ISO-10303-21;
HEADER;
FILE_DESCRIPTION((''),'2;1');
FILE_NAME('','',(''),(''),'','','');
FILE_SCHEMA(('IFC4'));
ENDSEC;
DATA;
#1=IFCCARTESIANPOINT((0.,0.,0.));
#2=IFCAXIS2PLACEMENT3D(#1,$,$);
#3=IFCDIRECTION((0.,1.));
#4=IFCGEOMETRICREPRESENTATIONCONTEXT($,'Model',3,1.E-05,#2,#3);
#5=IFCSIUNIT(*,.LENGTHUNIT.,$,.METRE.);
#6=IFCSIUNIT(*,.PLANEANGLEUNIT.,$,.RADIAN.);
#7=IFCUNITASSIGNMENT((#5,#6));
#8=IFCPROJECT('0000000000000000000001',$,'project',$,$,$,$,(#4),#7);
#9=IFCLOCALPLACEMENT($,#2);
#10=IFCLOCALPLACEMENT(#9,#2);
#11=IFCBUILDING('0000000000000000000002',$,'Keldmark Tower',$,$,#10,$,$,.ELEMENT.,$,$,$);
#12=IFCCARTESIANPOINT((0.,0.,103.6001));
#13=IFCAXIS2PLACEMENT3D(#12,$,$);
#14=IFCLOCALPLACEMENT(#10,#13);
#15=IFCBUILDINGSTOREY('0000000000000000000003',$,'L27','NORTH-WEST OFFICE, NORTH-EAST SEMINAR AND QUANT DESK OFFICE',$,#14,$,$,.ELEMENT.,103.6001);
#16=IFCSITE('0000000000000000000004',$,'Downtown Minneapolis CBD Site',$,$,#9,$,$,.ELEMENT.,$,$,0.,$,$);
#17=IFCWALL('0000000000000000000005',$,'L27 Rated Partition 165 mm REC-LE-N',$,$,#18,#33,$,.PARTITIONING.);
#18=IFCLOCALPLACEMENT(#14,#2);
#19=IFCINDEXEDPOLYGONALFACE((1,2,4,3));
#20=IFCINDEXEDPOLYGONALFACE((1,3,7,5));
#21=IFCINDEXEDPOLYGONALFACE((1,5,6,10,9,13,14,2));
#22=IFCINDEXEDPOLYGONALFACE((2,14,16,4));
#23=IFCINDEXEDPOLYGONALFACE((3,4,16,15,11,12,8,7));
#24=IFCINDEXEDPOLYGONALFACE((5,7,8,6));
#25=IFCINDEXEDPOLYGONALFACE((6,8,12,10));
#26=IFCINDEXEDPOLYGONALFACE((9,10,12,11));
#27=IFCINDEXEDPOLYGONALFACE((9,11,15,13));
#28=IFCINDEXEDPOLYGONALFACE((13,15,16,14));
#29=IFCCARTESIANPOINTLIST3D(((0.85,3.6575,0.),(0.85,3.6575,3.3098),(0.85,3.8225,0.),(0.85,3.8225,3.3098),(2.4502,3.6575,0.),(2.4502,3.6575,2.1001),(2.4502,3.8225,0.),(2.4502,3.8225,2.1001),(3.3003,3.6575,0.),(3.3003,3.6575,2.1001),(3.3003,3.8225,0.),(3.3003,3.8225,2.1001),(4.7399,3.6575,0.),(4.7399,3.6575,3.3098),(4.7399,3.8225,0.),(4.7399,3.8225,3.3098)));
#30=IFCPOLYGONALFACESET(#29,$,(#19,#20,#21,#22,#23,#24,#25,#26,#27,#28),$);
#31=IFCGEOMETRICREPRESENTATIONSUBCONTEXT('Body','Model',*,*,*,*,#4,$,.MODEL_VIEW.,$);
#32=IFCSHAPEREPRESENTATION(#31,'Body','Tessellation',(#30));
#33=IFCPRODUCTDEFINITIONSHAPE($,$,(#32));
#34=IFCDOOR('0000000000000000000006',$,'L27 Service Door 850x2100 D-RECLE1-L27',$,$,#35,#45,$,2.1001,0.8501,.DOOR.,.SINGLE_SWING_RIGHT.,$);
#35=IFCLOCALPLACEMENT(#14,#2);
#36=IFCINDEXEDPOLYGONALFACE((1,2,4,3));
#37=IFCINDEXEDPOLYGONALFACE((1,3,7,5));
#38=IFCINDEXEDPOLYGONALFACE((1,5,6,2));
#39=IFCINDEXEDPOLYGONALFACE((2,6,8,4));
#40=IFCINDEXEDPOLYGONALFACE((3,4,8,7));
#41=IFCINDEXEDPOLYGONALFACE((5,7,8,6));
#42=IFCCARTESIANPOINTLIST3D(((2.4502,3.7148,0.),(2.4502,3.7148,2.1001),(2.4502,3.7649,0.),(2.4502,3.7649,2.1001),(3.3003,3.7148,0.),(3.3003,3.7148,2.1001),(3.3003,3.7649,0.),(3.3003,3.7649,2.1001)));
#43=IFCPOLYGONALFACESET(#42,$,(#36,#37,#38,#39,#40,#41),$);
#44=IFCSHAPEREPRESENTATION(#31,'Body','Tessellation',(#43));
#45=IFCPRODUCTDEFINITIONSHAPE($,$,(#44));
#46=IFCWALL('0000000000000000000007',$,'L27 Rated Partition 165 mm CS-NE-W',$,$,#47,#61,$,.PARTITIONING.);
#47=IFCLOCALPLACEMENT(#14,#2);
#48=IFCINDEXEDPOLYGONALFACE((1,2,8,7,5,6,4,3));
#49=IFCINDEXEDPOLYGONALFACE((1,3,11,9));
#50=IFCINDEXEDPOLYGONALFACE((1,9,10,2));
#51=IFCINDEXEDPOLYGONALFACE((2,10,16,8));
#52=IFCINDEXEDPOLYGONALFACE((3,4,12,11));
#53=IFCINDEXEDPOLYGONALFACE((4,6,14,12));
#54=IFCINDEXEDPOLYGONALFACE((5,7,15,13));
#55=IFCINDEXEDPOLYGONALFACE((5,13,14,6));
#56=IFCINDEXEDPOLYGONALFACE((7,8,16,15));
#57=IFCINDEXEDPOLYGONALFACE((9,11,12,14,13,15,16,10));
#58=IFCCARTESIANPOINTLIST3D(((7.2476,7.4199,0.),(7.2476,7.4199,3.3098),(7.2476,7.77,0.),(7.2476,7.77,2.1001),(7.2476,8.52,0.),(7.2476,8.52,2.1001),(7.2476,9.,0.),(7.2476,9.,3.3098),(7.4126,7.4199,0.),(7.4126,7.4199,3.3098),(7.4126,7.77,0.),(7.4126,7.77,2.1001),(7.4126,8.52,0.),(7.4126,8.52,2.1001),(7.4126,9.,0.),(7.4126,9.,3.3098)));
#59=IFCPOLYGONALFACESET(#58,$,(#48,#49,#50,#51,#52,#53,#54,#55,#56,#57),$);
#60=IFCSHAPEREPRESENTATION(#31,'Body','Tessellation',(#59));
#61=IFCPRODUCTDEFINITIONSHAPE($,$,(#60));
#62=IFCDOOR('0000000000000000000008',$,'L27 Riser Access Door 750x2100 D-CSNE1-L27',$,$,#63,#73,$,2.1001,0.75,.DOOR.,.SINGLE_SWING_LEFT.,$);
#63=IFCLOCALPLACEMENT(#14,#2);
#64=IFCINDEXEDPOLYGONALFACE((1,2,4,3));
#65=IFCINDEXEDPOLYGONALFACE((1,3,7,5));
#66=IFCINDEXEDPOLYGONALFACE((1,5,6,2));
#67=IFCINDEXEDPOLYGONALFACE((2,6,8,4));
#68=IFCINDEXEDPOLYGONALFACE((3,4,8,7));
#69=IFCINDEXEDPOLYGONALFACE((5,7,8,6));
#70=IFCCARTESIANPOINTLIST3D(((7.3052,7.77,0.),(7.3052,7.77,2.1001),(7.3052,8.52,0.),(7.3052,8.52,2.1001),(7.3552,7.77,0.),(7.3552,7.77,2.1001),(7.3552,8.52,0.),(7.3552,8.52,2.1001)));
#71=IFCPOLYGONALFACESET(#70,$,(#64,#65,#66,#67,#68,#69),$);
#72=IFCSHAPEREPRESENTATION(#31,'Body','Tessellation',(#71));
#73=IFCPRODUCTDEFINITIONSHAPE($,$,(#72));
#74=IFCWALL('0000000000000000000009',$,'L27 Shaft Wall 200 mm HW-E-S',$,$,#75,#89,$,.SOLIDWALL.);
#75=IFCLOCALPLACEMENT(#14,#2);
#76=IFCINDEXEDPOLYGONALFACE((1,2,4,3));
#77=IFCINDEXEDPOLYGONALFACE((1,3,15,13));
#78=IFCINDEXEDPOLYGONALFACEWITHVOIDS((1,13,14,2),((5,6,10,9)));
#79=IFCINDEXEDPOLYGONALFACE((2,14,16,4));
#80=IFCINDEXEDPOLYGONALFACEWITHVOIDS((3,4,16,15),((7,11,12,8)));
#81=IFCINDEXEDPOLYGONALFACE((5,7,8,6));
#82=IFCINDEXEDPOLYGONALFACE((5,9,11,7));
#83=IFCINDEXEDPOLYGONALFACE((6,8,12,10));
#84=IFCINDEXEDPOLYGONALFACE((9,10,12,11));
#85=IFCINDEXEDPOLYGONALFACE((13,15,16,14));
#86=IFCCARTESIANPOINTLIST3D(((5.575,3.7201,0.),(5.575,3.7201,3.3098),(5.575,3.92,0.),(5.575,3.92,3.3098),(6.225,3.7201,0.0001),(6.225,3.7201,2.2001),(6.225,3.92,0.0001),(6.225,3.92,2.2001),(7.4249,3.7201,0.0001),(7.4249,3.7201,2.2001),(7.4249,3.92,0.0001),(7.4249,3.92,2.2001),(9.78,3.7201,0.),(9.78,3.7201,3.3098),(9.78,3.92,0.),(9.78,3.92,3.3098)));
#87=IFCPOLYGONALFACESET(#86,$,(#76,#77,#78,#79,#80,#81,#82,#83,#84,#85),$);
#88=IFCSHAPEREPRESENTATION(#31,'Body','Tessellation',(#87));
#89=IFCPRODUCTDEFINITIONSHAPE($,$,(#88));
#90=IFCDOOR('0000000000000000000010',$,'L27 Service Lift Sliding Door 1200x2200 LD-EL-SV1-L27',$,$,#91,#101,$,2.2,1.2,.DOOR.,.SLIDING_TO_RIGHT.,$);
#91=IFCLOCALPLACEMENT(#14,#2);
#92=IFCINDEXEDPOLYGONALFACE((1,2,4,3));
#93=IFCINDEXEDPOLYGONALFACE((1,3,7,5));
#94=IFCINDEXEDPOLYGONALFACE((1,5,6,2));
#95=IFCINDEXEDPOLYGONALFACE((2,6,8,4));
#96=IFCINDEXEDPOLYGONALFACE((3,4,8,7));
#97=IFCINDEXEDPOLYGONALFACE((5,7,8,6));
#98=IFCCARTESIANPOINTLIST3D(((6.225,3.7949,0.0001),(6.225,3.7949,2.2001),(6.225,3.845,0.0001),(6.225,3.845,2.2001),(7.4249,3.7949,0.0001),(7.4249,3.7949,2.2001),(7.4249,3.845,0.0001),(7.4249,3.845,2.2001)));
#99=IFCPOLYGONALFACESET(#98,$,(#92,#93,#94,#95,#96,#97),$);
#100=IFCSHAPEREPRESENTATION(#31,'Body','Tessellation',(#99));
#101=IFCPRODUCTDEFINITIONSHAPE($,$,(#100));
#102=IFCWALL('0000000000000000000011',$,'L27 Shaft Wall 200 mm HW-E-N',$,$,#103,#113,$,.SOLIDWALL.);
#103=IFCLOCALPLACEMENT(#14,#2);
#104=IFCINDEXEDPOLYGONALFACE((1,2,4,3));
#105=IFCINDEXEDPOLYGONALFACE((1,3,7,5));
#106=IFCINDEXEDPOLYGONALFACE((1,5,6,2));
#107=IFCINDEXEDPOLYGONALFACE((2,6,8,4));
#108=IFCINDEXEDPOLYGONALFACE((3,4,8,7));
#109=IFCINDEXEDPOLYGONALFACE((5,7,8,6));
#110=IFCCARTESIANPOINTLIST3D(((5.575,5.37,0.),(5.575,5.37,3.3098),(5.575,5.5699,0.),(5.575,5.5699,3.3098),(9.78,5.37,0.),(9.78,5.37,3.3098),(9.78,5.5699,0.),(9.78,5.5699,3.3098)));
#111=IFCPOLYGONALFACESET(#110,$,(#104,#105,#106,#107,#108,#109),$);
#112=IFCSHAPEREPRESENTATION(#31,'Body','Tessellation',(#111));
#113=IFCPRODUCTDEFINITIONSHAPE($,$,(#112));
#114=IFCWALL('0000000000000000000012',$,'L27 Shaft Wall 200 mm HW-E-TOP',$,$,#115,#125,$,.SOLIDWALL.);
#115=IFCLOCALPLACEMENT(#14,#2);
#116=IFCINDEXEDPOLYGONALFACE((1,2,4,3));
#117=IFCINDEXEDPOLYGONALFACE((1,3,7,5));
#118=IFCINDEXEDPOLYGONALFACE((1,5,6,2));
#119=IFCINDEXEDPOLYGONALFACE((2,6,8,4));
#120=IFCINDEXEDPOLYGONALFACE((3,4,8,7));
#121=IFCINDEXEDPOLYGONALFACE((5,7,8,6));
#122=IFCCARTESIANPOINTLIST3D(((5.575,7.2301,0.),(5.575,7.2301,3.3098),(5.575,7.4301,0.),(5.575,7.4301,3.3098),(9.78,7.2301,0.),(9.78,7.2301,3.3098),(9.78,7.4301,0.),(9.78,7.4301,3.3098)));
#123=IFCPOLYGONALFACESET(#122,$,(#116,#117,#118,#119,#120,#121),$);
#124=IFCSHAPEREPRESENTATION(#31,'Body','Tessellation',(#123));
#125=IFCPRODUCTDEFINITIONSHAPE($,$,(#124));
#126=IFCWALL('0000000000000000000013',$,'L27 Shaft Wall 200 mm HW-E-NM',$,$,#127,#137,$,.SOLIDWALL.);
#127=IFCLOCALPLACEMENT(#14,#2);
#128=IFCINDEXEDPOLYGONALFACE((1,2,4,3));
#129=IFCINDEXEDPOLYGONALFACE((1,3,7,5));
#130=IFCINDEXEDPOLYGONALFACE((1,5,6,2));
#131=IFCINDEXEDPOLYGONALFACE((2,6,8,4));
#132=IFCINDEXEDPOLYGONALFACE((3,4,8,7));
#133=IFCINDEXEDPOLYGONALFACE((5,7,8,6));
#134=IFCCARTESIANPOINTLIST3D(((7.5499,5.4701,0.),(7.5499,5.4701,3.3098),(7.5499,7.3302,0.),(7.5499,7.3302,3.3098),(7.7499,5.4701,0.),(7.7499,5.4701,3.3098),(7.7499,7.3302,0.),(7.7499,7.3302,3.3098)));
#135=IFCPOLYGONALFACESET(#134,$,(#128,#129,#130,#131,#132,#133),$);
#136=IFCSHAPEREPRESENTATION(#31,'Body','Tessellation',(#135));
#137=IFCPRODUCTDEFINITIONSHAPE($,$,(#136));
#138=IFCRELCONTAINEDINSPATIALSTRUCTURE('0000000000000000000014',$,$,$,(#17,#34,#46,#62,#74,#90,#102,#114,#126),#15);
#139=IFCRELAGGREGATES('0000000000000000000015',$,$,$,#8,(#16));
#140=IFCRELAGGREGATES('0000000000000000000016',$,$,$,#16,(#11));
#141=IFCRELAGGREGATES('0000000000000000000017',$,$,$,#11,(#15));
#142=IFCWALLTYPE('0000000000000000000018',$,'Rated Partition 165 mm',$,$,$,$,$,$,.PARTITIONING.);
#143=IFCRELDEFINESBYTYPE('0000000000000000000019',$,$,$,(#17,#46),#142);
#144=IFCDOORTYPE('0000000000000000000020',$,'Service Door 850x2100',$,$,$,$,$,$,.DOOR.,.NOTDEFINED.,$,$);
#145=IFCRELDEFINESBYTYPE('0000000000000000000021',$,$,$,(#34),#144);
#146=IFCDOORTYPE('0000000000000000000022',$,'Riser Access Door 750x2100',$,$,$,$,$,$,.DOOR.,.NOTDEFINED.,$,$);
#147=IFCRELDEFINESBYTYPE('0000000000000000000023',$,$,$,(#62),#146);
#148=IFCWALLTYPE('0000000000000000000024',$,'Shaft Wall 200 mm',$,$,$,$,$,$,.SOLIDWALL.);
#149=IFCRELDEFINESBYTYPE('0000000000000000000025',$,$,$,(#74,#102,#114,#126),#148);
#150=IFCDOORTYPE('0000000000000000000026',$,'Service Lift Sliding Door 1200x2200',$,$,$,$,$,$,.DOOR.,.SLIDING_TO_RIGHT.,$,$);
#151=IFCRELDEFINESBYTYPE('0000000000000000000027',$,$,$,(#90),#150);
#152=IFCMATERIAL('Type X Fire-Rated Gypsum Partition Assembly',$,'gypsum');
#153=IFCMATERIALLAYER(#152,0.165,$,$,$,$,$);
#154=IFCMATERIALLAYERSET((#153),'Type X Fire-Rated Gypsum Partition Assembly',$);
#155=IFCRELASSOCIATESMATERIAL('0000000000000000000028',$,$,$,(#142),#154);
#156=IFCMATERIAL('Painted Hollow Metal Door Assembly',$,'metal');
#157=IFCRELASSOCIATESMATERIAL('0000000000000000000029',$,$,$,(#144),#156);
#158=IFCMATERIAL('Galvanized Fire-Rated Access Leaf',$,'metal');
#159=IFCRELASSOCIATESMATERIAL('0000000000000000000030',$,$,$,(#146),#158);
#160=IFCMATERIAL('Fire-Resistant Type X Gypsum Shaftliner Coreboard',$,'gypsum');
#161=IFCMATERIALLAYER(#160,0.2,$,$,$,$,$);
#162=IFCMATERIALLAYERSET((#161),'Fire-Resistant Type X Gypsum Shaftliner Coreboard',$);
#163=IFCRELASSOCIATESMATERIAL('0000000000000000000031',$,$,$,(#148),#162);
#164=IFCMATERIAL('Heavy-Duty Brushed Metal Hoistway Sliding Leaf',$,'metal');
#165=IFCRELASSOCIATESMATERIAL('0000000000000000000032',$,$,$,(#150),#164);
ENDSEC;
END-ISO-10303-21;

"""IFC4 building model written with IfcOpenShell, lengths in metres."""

from ifc_helpers import new_model, si_unit, direction, frame, frame_2d, origin, place, context, subcontext, project, spatial, rectangle, extrude, material, layer, layer_set, type_object, element, fill, save


model = new_model("IFC4")

# Units and contexts
model_context = context("Model", 3, precision=1e-05, world=origin(), true_north=direction((0.0, 1.0)))
body_context = subcontext(model_context, "Body", "Model", "MODEL_VIEW")
ifc_project = project(units=[si_unit("LENGTHUNIT", "METRE"), si_unit("PLANEANGLEUNIT", "RADIAN")], contexts=[model_context])

# Site, building, storey
site_placement = place(None, origin())
site = spatial("IfcSite", under=ifc_project, at=site_placement, Name="Downtown Minneapolis CBD Site", CompositionType="ELEMENT", RefElevation=0.0)
building_placement = place(site_placement, origin())
building = spatial("IfcBuilding", under=site, at=building_placement, Name="Keldmark Tower", CompositionType="ELEMENT")
storey_placement = place(building_placement, frame((0.0, 0.0, 103.6001)))
storey = spatial("IfcBuildingStorey", under=building, at=storey_placement, Name="L27", Description="NORTH-WEST OFFICE, NORTH-EAST SEMINAR AND QUANT DESK OFFICE", CompositionType="ELEMENT", Elevation=103.6001)

# Walls, openings, doors
ifc_material_1 = material(Name="Type X Fire-Rated Gypsum Partition Assembly", Category="gypsum")
ifc_layer_1 = layer(ifc_material_1, 0.165)
ifc_layer_set_1 = layer_set([ifc_layer_1], Name="Type X Fire-Rated Gypsum Partition Assembly")
wall_type_1 = type_object("IfcWallType", Name="Rated Partition 165 mm", PredefinedType="PARTITIONING", material=ifc_layer_set_1)
wall_1_placement = place(storey_placement, frame((0.8501, 3.74, 0.0), z_axis=(0.0, 0.0, 1.0), x_axis=(1.0, 0.0, 0.0)))
wall_1 = element("IfcWall", 1, at=wall_1_placement, inside=storey, type_object=wall_type_1, Name="L27 Rated Partition 165 mm REC-LE-N", PredefinedType="PARTITIONING", context=body_context, shape_type="SweptSolid", body=[
    extrude(rectangle(XDim=3.8899, YDim=0.165, at=frame_2d((1.9448, 0.0))), origin(), (0.0, 0.0, 1.0), 3.3098),
])
opening_1_placement = place(wall_1_placement, frame((1.6001, 0.0, 0.0)))
opening_1 = element("IfcOpeningElement", 2, at=opening_1_placement, cuts=wall_1, PredefinedType="OPENING", context=body_context, shape_type="SweptSolid", body=[
    extrude(rectangle(XDim=0.8501, YDim=2.1001, at=frame_2d((0.425, 1.05))), frame((0.0, 0.0925, 0.0), z_axis=(0.0, -1.0, 0.0), x_axis=(1.0, 0.0, 0.0)), (0.0, 0.0, 1.0), 0.1851),
])
ifc_material_2 = material(Name="Painted Hollow Metal Door Assembly", Category="metal")
door_type_1 = type_object("IfcDoorType", Name="Service Door 850x2100", OperationType="NOTDEFINED", PredefinedType="DOOR", material=ifc_material_2)
door_1_placement = place(opening_1_placement, origin())
door_1 = element("IfcDoor", 3, at=door_1_placement, inside=storey, type_object=door_type_1, Name="L27 Service Door 850x2100 D-RECLE1-L27", OperationType="SINGLE_SWING_RIGHT", OverallHeight=2.1001, OverallWidth=0.8501, PredefinedType="DOOR", context=body_context, shape_type="SweptSolid", body=[
    extrude(rectangle(XDim=0.8501, YDim=2.1001, at=frame_2d((0.425, 1.05))), frame((0.0, 0.0249, 0.0), z_axis=(0.0, -1.0, 0.0), x_axis=(1.0, 0.0, 0.0)), (0.0, 0.0, 1.0), 0.05),
])
fill(opening_1, door_1)
wall_2_placement = place(storey_placement, frame((7.3301, 7.4199, 0.0), z_axis=(0.0, 0.0, 1.0), x_axis=(0.0, 1.0, 0.0)))
wall_2 = element("IfcWall", 4, at=wall_2_placement, inside=storey, type_object=wall_type_1, Name="L27 Rated Partition 165 mm CS-NE-W", PredefinedType="PARTITIONING", context=body_context, shape_type="SweptSolid", body=[
    extrude(rectangle(XDim=1.5801, YDim=0.165, at=frame_2d((0.79, 0.0))), origin(), (0.0, 0.0, 1.0), 3.3098),
])
opening_2_placement = place(wall_2_placement, frame((0.3501, 0.0, 0.0)))
opening_2 = element("IfcOpeningElement", 5, at=opening_2_placement, cuts=wall_2, PredefinedType="OPENING", context=body_context, shape_type="SweptSolid", body=[
    extrude(rectangle(XDim=0.75, YDim=2.1001, at=frame_2d((0.375, 1.05))), frame((0.0, 0.0925, 0.0), z_axis=(0.0, -1.0, 0.0), x_axis=(1.0, 0.0, 0.0)), (0.0, 0.0, 1.0), 0.1851),
])
ifc_material_3 = material(Name="Galvanized Fire-Rated Access Leaf", Category="metal")
door_type_2 = type_object("IfcDoorType", Name="Riser Access Door 750x2100", OperationType="NOTDEFINED", PredefinedType="DOOR", material=ifc_material_3)
door_2_placement = place(opening_2_placement, origin())
door_2 = element("IfcDoor", 6, at=door_2_placement, inside=storey, type_object=door_type_2, Name="L27 Riser Access Door 750x2100 D-CSNE1-L27", OperationType="SINGLE_SWING_LEFT", OverallHeight=2.1001, OverallWidth=0.75, PredefinedType="DOOR", context=body_context, shape_type="SweptSolid", body=[
    extrude(rectangle(XDim=0.75, YDim=2.1001, at=frame_2d((0.375, 1.05))), frame((0.0, 0.0249, 0.0), z_axis=(0.0, -1.0, 0.0), x_axis=(1.0, 0.0, 0.0)), (0.0, 0.0, 1.0), 0.05),
])
fill(opening_2, door_2)
ifc_material_4 = material(Name="Fire-Resistant Type X Gypsum Shaftliner Coreboard", Category="gypsum")
ifc_layer_2 = layer(ifc_material_4, 0.2)
ifc_layer_set_2 = layer_set([ifc_layer_2], Name="Fire-Resistant Type X Gypsum Shaftliner Coreboard")
wall_type_2 = type_object("IfcWallType", Name="Shaft Wall 200 mm", PredefinedType="SOLIDWALL", material=ifc_layer_set_2)
wall_3_placement = place(storey_placement, frame((5.575, 3.8201, 0.0), z_axis=(0.0, 0.0, 1.0), x_axis=(1.0, 0.0, 0.0)))
wall_3 = element("IfcWall", 7, at=wall_3_placement, inside=storey, type_object=wall_type_2, Name="L27 Shaft Wall 200 mm HW-E-S", PredefinedType="SOLIDWALL", context=body_context, shape_type="SweptSolid", body=[
    extrude(rectangle(XDim=4.2051, YDim=0.2, at=frame_2d((2.1025, 0.0))), origin(), (0.0, 0.0, 1.0), 3.3098),
])
opening_3_placement = place(wall_3_placement, frame((0.6499, 0.0, 0.0)))
opening_3 = element("IfcOpeningElement", 8, at=opening_3_placement, cuts=wall_3, PredefinedType="OPENING", context=body_context, shape_type="SweptSolid", body=[
    extrude(rectangle(XDim=1.2, YDim=2.2, at=frame_2d((0.6001, 1.1001))), frame((0.0, 0.1099, 0.0), z_axis=(0.0, -1.0, 0.0), x_axis=(1.0, 0.0, 0.0)), (0.0, 0.0, 1.0), 0.22),
])
ifc_material_5 = material(Name="Heavy-Duty Brushed Metal Hoistway Sliding Leaf", Category="metal")
door_type_3 = type_object("IfcDoorType", Name="Service Lift Sliding Door 1200x2200", OperationType="SLIDING_TO_RIGHT", PredefinedType="DOOR", material=ifc_material_5)
door_3_placement = place(opening_3_placement, origin())
door_3 = element("IfcDoor", 9, at=door_3_placement, inside=storey, type_object=door_type_3, Name="L27 Service Lift Sliding Door 1200x2200 LD-EL-SV1-L27", OperationType="SLIDING_TO_RIGHT", OverallHeight=2.2, OverallWidth=1.2, PredefinedType="DOOR", context=body_context, shape_type="SweptSolid", body=[
    extrude(rectangle(XDim=1.2, YDim=2.2, at=frame_2d((0.6001, 1.1001))), frame((0.0, 0.0249, 0.0), z_axis=(0.0, -1.0, 0.0), x_axis=(1.0, 0.0, 0.0)), (0.0, 0.0, 1.0), 0.05),
])
fill(opening_3, door_3)

# Walls
for number, where, z_axis, x_axis, name in (
    (10, (5.575, 5.47, 0.0), (0.0, 0.0, 1.0), (1.0, 0.0, 0.0), "L27 Shaft Wall 200 mm HW-E-N"),
    (11, (5.575, 7.3301, 0.0), (0.0, 0.0, 1.0), (1.0, 0.0, 0.0), "L27 Shaft Wall 200 mm HW-E-TOP"),
):
    element("IfcWall", number, at=place(storey_placement, frame(where, z_axis=z_axis, x_axis=x_axis)), inside=storey, type_object=wall_type_2, Name=name, PredefinedType="SOLIDWALL", context=body_context, shape_type="SweptSolid", body=[
        extrude(rectangle(XDim=4.2051, YDim=0.2, at=frame_2d((2.1025, 0.0))), origin(), (0.0, 0.0, 1.0), 3.3098),
    ])
wall_4_placement = place(storey_placement, frame((7.6499, 5.47, 0.0), z_axis=(0.0, 0.0, 1.0), x_axis=(0.0, 1.0, 0.0)))
element("IfcWall", 12, at=wall_4_placement, inside=storey, type_object=wall_type_2, Name="L27 Shaft Wall 200 mm HW-E-NM", PredefinedType="SOLIDWALL", context=body_context, shape_type="SweptSolid", body=[
    extrude(rectangle(XDim=1.8601, YDim=0.2, at=frame_2d((0.9302, 0.0))), origin(), (0.0, 0.0, 1.0), 3.3098),
])

save(model, "model.ifc")
